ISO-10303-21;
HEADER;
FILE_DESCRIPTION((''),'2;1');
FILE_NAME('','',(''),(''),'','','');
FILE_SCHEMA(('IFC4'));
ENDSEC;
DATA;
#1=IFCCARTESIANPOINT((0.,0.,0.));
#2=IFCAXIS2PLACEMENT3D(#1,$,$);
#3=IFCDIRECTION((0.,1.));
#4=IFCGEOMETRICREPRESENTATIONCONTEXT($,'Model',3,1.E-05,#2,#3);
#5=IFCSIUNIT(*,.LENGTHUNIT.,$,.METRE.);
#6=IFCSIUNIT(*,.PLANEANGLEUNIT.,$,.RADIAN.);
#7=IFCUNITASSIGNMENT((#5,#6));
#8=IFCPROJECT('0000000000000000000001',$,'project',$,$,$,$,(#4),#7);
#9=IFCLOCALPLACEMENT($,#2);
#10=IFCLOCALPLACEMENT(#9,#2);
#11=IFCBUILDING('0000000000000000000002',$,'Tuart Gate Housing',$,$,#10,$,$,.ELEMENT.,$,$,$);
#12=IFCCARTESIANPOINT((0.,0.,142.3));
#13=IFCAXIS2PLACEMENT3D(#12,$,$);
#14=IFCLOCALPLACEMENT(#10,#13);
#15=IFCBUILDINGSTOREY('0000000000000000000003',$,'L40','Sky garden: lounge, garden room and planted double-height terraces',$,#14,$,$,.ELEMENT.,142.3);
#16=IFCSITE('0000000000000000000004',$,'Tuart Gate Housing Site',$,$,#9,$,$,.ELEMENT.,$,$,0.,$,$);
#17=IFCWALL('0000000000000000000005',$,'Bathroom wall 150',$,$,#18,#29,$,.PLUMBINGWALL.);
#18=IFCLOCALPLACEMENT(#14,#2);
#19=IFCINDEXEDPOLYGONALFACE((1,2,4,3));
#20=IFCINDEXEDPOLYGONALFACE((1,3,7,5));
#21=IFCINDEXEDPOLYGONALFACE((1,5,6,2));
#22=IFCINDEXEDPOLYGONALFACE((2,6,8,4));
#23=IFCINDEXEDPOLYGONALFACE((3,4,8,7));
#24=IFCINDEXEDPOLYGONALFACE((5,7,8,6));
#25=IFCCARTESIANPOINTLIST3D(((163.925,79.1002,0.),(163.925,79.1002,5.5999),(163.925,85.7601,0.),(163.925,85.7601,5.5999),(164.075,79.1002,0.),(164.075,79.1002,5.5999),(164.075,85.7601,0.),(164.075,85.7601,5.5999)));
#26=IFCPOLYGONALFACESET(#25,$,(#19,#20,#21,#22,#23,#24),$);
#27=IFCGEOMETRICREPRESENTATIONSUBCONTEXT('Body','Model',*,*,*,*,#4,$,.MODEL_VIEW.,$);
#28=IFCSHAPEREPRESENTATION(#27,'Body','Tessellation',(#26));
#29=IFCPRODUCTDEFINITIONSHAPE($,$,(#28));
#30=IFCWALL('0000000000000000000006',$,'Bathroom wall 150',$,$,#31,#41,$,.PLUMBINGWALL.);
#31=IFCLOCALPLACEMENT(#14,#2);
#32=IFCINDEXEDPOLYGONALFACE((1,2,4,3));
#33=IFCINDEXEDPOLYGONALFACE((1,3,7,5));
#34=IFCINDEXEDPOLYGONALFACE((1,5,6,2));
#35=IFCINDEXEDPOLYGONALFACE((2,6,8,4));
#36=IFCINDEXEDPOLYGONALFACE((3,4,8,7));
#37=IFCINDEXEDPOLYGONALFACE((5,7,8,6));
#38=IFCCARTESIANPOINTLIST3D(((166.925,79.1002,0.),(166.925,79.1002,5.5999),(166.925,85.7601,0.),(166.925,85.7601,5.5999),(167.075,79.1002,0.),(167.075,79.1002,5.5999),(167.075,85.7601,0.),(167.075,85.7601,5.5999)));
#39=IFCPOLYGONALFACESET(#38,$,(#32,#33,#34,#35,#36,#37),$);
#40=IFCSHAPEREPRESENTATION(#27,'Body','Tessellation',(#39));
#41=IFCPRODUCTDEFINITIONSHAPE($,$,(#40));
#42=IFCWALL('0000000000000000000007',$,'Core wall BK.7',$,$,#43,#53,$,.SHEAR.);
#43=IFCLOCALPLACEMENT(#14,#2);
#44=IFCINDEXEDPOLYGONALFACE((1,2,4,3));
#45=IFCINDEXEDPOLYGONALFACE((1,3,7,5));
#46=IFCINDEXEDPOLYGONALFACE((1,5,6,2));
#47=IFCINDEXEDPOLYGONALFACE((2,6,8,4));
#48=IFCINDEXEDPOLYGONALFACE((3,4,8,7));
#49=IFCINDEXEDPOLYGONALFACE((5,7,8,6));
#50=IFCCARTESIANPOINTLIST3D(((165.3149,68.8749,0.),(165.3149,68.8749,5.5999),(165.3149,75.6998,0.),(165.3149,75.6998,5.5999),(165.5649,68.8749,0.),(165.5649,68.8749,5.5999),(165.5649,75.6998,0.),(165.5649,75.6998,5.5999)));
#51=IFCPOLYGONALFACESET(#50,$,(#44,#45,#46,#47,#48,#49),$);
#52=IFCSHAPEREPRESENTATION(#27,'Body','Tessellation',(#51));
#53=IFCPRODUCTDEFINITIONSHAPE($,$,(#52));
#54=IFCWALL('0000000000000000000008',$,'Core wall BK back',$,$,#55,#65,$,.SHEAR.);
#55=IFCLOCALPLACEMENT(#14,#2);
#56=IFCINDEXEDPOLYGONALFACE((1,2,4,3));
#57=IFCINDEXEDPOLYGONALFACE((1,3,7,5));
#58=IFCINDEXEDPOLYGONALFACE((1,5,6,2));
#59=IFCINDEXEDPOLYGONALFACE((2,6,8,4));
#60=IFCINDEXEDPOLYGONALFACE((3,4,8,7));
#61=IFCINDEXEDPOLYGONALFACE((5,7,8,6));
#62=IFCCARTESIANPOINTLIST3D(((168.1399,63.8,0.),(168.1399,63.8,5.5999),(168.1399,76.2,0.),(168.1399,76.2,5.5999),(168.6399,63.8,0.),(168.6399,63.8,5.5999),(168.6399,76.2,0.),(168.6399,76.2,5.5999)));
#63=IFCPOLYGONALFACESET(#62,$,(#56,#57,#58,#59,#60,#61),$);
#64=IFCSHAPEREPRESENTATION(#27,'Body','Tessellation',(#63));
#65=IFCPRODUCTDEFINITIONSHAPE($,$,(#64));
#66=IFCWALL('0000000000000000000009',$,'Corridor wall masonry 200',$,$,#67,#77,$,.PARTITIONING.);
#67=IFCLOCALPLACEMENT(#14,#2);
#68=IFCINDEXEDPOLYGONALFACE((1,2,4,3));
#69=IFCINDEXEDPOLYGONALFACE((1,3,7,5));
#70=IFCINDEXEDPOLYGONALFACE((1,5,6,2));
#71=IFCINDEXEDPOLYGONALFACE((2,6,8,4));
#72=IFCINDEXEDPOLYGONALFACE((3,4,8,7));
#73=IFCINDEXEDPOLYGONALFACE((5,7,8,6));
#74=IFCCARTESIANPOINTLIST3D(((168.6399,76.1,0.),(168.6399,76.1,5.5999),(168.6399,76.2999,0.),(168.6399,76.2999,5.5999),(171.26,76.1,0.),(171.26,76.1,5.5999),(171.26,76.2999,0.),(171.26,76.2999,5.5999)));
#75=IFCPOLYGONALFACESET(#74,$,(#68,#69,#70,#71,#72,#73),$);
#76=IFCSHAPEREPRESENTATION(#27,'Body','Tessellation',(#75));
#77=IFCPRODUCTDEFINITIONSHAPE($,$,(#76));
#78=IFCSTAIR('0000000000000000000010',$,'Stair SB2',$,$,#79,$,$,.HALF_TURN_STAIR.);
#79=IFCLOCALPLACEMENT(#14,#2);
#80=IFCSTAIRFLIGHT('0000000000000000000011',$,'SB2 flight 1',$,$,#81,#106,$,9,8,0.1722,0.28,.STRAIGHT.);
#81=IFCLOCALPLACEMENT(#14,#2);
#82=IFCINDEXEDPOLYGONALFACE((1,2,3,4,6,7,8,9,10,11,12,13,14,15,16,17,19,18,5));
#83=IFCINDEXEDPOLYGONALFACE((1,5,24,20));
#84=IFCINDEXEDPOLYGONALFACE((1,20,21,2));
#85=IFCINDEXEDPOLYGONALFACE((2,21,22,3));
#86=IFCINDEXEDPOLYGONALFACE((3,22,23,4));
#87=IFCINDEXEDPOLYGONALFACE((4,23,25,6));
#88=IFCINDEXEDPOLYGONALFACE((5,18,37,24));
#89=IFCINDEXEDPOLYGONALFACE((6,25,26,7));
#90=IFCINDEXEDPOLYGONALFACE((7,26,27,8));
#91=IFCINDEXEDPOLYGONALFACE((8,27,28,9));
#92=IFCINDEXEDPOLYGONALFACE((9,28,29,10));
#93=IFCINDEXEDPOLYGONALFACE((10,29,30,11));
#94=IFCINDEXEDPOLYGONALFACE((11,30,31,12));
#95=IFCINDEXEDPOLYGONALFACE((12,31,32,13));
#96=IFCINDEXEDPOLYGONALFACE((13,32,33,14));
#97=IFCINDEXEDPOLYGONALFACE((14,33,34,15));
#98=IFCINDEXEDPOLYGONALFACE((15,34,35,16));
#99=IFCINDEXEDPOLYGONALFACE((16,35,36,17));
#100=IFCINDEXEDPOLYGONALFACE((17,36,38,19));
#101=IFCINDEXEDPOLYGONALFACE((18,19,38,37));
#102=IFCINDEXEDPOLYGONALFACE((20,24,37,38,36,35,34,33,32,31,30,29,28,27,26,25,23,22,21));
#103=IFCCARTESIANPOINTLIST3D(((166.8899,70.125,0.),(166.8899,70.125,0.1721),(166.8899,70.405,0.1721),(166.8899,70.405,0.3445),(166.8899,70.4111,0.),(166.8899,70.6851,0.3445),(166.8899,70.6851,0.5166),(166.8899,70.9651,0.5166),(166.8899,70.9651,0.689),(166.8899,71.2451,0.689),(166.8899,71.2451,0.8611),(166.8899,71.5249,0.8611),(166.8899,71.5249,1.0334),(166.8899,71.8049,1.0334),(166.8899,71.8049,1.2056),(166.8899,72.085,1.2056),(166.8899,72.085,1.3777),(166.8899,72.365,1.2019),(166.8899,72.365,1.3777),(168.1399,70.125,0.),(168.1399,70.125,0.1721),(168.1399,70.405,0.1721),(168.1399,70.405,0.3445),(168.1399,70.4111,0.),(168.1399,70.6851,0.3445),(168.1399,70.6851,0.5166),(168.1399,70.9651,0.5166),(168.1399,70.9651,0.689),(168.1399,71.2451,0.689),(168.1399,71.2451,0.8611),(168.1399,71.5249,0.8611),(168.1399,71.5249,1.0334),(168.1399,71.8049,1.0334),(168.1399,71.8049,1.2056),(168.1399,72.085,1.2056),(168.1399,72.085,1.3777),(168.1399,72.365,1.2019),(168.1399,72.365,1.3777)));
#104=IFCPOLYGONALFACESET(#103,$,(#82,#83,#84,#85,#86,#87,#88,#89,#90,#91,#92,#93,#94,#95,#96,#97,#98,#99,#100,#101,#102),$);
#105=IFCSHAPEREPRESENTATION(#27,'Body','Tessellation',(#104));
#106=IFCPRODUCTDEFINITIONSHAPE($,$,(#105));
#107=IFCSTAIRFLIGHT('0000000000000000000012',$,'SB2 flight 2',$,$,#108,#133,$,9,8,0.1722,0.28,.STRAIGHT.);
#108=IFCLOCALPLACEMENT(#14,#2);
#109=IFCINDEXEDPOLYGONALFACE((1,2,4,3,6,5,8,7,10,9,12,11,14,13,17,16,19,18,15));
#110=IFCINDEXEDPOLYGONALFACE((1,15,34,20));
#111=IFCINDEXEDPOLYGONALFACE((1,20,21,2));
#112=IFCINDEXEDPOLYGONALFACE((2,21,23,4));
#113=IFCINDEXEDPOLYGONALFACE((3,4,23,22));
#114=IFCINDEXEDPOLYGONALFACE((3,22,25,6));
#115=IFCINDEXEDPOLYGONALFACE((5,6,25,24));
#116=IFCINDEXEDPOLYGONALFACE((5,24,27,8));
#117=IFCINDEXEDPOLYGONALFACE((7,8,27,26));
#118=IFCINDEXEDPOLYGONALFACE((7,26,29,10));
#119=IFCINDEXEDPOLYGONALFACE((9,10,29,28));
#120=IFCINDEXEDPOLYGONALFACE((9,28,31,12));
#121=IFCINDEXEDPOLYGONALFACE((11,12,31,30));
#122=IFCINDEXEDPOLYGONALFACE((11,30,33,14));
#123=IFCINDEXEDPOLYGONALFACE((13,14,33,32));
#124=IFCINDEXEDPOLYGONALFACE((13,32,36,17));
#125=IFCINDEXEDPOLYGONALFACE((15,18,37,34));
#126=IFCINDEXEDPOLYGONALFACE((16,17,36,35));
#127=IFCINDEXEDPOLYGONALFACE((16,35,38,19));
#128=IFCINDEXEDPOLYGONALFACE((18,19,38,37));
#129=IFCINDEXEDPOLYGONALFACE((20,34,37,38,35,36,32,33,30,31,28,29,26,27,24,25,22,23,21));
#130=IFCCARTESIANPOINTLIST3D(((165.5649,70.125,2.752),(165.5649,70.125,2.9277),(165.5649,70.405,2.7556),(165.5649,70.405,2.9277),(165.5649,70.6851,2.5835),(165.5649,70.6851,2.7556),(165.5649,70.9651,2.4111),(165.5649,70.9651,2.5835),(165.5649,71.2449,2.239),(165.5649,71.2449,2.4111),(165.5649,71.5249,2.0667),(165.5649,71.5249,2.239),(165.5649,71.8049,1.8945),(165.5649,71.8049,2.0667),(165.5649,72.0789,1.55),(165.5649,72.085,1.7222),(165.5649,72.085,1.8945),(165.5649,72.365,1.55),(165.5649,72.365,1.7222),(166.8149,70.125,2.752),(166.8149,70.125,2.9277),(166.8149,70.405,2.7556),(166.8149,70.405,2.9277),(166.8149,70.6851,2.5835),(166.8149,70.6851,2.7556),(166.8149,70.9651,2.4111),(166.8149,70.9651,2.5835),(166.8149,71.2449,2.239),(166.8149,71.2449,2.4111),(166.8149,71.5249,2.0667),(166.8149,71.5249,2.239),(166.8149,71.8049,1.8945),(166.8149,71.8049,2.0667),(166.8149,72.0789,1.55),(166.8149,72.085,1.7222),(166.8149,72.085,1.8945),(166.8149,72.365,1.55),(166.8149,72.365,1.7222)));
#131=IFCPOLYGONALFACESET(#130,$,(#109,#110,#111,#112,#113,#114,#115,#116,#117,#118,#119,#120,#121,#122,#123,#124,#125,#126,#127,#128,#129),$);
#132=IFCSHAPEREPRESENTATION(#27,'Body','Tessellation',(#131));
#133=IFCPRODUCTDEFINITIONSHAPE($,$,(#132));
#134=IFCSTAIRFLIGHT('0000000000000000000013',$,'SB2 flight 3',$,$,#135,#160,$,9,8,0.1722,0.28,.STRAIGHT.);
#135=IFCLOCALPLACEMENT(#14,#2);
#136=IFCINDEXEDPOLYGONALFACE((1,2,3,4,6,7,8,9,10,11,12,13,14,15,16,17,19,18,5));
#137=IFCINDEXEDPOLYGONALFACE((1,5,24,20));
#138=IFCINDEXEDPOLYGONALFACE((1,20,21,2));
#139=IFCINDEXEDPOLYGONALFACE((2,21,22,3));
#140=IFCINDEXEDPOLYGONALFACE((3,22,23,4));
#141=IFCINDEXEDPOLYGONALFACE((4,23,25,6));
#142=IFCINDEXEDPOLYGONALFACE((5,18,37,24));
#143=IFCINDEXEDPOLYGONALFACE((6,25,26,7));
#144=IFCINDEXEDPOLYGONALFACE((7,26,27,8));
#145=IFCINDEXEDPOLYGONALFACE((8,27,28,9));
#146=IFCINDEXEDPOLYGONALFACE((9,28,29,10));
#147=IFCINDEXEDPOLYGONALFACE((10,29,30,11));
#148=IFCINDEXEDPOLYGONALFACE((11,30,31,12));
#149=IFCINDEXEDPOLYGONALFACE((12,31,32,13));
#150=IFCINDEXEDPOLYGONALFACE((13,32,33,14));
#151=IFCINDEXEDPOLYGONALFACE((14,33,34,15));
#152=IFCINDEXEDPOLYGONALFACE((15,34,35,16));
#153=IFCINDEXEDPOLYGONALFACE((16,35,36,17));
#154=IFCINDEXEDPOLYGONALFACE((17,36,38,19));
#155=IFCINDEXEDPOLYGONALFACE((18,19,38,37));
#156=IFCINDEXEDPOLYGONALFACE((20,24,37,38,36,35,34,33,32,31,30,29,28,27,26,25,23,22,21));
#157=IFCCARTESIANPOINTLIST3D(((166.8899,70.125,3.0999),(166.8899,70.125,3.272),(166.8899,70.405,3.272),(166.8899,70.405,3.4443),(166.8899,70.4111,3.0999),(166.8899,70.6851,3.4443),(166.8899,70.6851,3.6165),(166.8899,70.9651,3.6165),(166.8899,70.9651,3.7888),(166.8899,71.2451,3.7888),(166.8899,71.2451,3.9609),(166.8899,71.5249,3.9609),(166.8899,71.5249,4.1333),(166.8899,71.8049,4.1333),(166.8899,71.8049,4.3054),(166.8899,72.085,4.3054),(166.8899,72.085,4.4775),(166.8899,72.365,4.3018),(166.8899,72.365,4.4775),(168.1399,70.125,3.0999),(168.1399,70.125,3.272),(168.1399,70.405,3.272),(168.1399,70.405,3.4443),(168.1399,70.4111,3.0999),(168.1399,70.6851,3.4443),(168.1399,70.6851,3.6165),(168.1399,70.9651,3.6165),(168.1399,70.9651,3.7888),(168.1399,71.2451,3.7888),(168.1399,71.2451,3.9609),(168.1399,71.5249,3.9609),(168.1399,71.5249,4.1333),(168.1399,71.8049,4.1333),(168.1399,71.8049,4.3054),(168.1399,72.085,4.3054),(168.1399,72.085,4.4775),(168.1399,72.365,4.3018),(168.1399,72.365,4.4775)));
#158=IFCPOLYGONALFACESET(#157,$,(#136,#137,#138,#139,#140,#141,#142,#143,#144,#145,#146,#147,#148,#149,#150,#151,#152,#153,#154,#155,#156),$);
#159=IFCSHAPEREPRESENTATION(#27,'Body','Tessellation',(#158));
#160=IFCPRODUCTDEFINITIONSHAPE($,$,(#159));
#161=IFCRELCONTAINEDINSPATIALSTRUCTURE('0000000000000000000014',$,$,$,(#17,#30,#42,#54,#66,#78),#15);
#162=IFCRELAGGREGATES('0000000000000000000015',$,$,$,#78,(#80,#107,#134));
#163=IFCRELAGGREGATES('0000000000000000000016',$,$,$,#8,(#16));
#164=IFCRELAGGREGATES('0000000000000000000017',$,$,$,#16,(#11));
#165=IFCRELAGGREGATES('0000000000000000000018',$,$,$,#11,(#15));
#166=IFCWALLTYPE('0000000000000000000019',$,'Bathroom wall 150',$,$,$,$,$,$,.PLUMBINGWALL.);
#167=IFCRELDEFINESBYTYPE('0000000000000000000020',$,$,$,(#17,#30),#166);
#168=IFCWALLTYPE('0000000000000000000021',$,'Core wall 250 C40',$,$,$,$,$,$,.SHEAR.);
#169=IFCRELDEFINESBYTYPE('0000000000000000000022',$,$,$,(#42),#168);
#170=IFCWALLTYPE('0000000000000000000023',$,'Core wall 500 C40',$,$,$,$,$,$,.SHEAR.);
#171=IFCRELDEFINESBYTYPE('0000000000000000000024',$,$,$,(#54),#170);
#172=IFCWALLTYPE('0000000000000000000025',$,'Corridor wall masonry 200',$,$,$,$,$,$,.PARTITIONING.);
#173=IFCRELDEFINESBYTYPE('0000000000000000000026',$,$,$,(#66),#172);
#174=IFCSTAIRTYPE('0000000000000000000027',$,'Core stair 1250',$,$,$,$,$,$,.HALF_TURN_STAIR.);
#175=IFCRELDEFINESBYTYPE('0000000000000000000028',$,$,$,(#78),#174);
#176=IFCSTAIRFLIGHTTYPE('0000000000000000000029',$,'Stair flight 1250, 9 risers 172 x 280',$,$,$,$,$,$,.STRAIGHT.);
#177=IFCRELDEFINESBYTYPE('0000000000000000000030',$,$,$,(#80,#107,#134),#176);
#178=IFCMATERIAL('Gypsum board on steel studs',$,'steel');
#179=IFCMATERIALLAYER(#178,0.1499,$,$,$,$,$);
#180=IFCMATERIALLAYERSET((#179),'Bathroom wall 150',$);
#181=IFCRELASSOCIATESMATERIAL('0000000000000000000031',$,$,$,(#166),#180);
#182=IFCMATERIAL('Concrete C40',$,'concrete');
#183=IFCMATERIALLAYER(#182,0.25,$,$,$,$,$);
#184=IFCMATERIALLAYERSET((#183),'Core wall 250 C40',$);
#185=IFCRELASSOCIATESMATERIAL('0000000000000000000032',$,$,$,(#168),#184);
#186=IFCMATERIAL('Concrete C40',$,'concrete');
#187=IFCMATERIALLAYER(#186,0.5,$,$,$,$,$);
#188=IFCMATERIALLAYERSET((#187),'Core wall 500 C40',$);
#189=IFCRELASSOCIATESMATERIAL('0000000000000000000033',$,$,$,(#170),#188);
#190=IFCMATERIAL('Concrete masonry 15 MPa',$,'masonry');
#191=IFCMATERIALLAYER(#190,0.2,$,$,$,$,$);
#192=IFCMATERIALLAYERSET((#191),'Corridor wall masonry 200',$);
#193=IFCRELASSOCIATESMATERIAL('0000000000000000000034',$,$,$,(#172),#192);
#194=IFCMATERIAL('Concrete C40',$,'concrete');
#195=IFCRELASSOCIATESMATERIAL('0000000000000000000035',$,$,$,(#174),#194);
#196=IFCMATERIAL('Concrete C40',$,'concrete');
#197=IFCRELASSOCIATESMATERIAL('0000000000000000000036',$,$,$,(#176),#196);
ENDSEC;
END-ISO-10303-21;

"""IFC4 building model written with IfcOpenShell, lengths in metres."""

from ifc_helpers import new_model, si_unit, direction, frame, frame_2d, origin, place, context, subcontext, project, spatial, polyline, rectangle, outline, extrude, material, layer, layer_set, type_object, element, aggregate, save


model = new_model("IFC4")

# Units and contexts
model_context = context("Model", 3, precision=1e-05, world=origin(), true_north=direction((0.0, 1.0)))
body_context = subcontext(model_context, "Body", "Model", "MODEL_VIEW")
ifc_project = project(units=[si_unit("LENGTHUNIT", "METRE"), si_unit("PLANEANGLEUNIT", "RADIAN")], contexts=[model_context])

# Site, building, storey
site_placement = place(None, origin())
site = spatial("IfcSite", under=ifc_project, at=site_placement, Name="Tuart Gate Housing Site", CompositionType="ELEMENT", RefElevation=0.0)
building_placement = place(site_placement, origin())
building = spatial("IfcBuilding", under=site, at=building_placement, Name="Tuart Gate Housing", CompositionType="ELEMENT")
storey_placement = place(building_placement, frame((0.0, 0.0, 142.3)))
storey = spatial("IfcBuildingStorey", under=building, at=storey_placement, Name="L40", Description="Sky garden: lounge, garden room and planted double-height terraces", CompositionType="ELEMENT", Elevation=142.3)

# Walls
ifc_material_1 = material(Name="Gypsum board on steel studs", Category="steel")
ifc_layer_1 = layer(ifc_material_1, 0.1499)
ifc_layer_set_1 = layer_set([ifc_layer_1], Name="Bathroom wall 150")
wall_type_1 = type_object("IfcWallType", Name="Bathroom wall 150", PredefinedType="PLUMBINGWALL", material=ifc_layer_set_1)
for number, where, z_axis, x_axis, name in (
    (1, (164.0, 79.1001, 0.0), (0.0, 0.0, 1.0), (0.0, 1.0, 0.0), "Bathroom wall 150"),
    (2, (167.0, 79.1001, 0.0), (0.0, 0.0, 1.0), (0.0, 1.0, 0.0), "Bathroom wall 150"),
):
    element("IfcWall", number, at=place(storey_placement, frame(where, z_axis=z_axis, x_axis=x_axis)), inside=storey, type_object=wall_type_1, Name=name, PredefinedType="PLUMBINGWALL", context=body_context, shape_type="SweptSolid", body=[
        extrude(rectangle(XDim=6.6599, YDim=0.1499, at=frame_2d((3.3301, 0.0))), origin(), (0.0, 0.0, 1.0), 5.5999),
    ])

# Walls
ifc_material_2 = material(Name="Concrete C40", Category="concrete")
ifc_layer_2 = layer(ifc_material_2, 0.25)
ifc_layer_set_2 = layer_set([ifc_layer_2], Name="Core wall 250 C40")
wall_type_2 = type_object("IfcWallType", Name="Core wall 250 C40", PredefinedType="SHEAR", material=ifc_layer_set_2)
wall_1_placement = place(storey_placement, frame((165.4399, 75.7, 0.0), z_axis=(0.0, 0.0, 1.0), x_axis=(0.0, -1.0, 0.0)))
element("IfcWall", 3, at=wall_1_placement, inside=storey, type_object=wall_type_2, Name="Core wall BK.7", PredefinedType="SHEAR", context=body_context, shape_type="SweptSolid", body=[
    extrude(rectangle(XDim=6.825, YDim=0.25, at=frame_2d((3.4126, 0.0))), origin(), (0.0, 0.0, 1.0), 5.5999),
])
ifc_material_3 = material(Name="Concrete C40", Category="concrete")
ifc_layer_3 = layer(ifc_material_3, 0.5)
ifc_layer_set_3 = layer_set([ifc_layer_3], Name="Core wall 500 C40")
wall_type_3 = type_object("IfcWallType", Name="Core wall 500 C40", PredefinedType="SHEAR", material=ifc_layer_set_3)
wall_2_placement = place(storey_placement, frame((168.3899, 76.2, 0.0), z_axis=(0.0, 0.0, 1.0), x_axis=(0.0, -1.0, 0.0)))
element("IfcWall", 4, at=wall_2_placement, inside=storey, type_object=wall_type_3, Name="Core wall BK back", PredefinedType="SHEAR", context=body_context, shape_type="SweptSolid", body=[
    extrude(rectangle(XDim=12.3999, YDim=0.5, at=frame_2d((6.2, 0.0))), origin(), (0.0, 0.0, 1.0), 5.5999),
])
ifc_material_4 = material(Name="Concrete masonry 15 MPa", Category="masonry")
ifc_layer_4 = layer(ifc_material_4, 0.2)
ifc_layer_set_4 = layer_set([ifc_layer_4], Name="Corridor wall masonry 200")
wall_type_4 = type_object("IfcWallType", Name="Corridor wall masonry 200", PredefinedType="PARTITIONING", material=ifc_layer_set_4)
wall_3_placement = place(storey_placement, frame((168.6399, 76.2, 0.0), z_axis=(0.0, 0.0, 1.0), x_axis=(1.0, 0.0, 0.0)))
element("IfcWall", 5, at=wall_3_placement, inside=storey, type_object=wall_type_4, Name="Corridor wall masonry 200", PredefinedType="PARTITIONING", context=body_context, shape_type="SweptSolid", body=[
    extrude(rectangle(XDim=2.6201, YDim=0.2, at=frame_2d((1.3101, 0.0))), origin(), (0.0, 0.0, 1.0), 5.5999),
])

# Stair, stair flights
ifc_material_5 = material(Name="Concrete C40", Category="concrete")
stair_type = type_object("IfcStairType", Name="Core stair 1250", PredefinedType="HALF_TURN_STAIR", material=ifc_material_5)
stair_placement = place(storey_placement, origin())
stair = element("IfcStair", 6, at=stair_placement, inside=storey, type_object=stair_type, Name="Stair SB2", PredefinedType="HALF_TURN_STAIR")
ifc_material_6 = material(Name="Concrete C40", Category="concrete")
stair_flight_type = type_object("IfcStairFlightType", Name="Stair flight 1250, 9 risers 172 x 280", PredefinedType="STRAIGHT", material=ifc_material_6)
stair_flight_1_placement = place(storey_placement, frame((167.5149, 70.125, 0.0), z_axis=(0.0, 0.0, 1.0), x_axis=(0.0, 1.0, 0.0)))
stair_flight_1 = element("IfcStairFlight", 7, at=stair_flight_1_placement, type_object=stair_flight_type, Name="SB2 flight 1", NumberOfRisers=9, NumberOfTreads=8, PredefinedType="STRAIGHT", RiserHeight=0.1722, TreadLength=0.28, context=body_context, shape_type="SweptSolid", body=[
    extrude(outline(polyline([(0.0, 0.0), (0.0, 0.1721), (0.28, 0.1721), (0.28, 0.3445), (0.5601, 0.3445), (0.5601, 0.5166), (0.8401, 0.5166), (0.8401, 0.689), (1.1201, 0.689), (1.1201, 0.8611), (1.3999, 0.8611), (1.3999, 1.0334), (1.6799, 1.0334), (1.6799, 1.2056), (1.96, 1.2056), (1.96, 1.3777), (2.24, 1.3777), (2.24, 1.55), (2.24, 1.2019), (0.2861, 0.0), (0.0, 0.0)])), frame((0.0, 0.625, 0.0), z_axis=(0.0, -1.0, 0.0), x_axis=(1.0, 0.0, 0.0)), (0.0, 0.0, 1.0), 1.25),
])
stair_flight_2_placement = place(storey_placement, frame((166.1899, 72.365, 1.55), z_axis=(0.0, 0.0, 1.0), x_axis=(0.0, -1.0, 0.0)))
stair_flight_2 = element("IfcStairFlight", 8, at=stair_flight_2_placement, type_object=stair_flight_type, Name="SB2 flight 2", NumberOfRisers=9, NumberOfTreads=8, PredefinedType="STRAIGHT", RiserHeight=0.1722, TreadLength=0.28, context=body_context, shape_type="SweptSolid", body=[
    extrude(outline(polyline([(0.0, 0.0), (0.0, 0.1721), (0.28, 0.1721), (0.28, 0.3445), (0.5601, 0.3445), (0.5601, 0.5166), (0.8401, 0.5166), (0.8401, 0.689), (1.1201, 0.689), (1.1201, 0.8611), (1.3999, 0.8611), (1.3999, 1.0334), (1.6799, 1.0334), (1.6799, 1.2056), (1.96, 1.2056), (1.96, 1.3777), (2.24, 1.3777), (2.24, 1.55), (2.24, 1.2019), (0.2861, 0.0), (0.0, 0.0)])), frame((0.0, 0.625, 0.0), z_axis=(0.0, -1.0, 0.0), x_axis=(1.0, 0.0, 0.0)), (0.0, 0.0, 1.0), 1.25),
])
stair_flight_3_placement = place(storey_placement, frame((167.5149, 70.125, 3.0999), z_axis=(0.0, 0.0, 1.0), x_axis=(0.0, 1.0, 0.0)))
stair_flight_3 = element("IfcStairFlight", 9, at=stair_flight_3_placement, type_object=stair_flight_type, Name="SB2 flight 3", NumberOfRisers=9, NumberOfTreads=8, PredefinedType="STRAIGHT", RiserHeight=0.1722, TreadLength=0.28, context=body_context, shape_type="SweptSolid", body=[
    extrude(outline(polyline([(0.0, 0.0), (0.0, 0.1721), (0.28, 0.1721), (0.28, 0.3445), (0.5601, 0.3445), (0.5601, 0.5166), (0.8401, 0.5166), (0.8401, 0.689), (1.1201, 0.689), (1.1201, 0.8611), (1.3999, 0.8611), (1.3999, 1.0334), (1.6799, 1.0334), (1.6799, 1.2056), (1.96, 1.2056), (1.96, 1.3777), (2.24, 1.3777), (2.24, 1.55), (2.24, 1.2019), (0.2861, 0.0), (0.0, 0.0)])), frame((0.0, 0.625, 0.0), z_axis=(0.0, -1.0, 0.0), x_axis=(1.0, 0.0, 0.0)), (0.0, 0.0, 1.0), 1.25),
])
aggregate(stair, [stair_flight_1, stair_flight_2, stair_flight_3])

save(model, "model.ifc")
